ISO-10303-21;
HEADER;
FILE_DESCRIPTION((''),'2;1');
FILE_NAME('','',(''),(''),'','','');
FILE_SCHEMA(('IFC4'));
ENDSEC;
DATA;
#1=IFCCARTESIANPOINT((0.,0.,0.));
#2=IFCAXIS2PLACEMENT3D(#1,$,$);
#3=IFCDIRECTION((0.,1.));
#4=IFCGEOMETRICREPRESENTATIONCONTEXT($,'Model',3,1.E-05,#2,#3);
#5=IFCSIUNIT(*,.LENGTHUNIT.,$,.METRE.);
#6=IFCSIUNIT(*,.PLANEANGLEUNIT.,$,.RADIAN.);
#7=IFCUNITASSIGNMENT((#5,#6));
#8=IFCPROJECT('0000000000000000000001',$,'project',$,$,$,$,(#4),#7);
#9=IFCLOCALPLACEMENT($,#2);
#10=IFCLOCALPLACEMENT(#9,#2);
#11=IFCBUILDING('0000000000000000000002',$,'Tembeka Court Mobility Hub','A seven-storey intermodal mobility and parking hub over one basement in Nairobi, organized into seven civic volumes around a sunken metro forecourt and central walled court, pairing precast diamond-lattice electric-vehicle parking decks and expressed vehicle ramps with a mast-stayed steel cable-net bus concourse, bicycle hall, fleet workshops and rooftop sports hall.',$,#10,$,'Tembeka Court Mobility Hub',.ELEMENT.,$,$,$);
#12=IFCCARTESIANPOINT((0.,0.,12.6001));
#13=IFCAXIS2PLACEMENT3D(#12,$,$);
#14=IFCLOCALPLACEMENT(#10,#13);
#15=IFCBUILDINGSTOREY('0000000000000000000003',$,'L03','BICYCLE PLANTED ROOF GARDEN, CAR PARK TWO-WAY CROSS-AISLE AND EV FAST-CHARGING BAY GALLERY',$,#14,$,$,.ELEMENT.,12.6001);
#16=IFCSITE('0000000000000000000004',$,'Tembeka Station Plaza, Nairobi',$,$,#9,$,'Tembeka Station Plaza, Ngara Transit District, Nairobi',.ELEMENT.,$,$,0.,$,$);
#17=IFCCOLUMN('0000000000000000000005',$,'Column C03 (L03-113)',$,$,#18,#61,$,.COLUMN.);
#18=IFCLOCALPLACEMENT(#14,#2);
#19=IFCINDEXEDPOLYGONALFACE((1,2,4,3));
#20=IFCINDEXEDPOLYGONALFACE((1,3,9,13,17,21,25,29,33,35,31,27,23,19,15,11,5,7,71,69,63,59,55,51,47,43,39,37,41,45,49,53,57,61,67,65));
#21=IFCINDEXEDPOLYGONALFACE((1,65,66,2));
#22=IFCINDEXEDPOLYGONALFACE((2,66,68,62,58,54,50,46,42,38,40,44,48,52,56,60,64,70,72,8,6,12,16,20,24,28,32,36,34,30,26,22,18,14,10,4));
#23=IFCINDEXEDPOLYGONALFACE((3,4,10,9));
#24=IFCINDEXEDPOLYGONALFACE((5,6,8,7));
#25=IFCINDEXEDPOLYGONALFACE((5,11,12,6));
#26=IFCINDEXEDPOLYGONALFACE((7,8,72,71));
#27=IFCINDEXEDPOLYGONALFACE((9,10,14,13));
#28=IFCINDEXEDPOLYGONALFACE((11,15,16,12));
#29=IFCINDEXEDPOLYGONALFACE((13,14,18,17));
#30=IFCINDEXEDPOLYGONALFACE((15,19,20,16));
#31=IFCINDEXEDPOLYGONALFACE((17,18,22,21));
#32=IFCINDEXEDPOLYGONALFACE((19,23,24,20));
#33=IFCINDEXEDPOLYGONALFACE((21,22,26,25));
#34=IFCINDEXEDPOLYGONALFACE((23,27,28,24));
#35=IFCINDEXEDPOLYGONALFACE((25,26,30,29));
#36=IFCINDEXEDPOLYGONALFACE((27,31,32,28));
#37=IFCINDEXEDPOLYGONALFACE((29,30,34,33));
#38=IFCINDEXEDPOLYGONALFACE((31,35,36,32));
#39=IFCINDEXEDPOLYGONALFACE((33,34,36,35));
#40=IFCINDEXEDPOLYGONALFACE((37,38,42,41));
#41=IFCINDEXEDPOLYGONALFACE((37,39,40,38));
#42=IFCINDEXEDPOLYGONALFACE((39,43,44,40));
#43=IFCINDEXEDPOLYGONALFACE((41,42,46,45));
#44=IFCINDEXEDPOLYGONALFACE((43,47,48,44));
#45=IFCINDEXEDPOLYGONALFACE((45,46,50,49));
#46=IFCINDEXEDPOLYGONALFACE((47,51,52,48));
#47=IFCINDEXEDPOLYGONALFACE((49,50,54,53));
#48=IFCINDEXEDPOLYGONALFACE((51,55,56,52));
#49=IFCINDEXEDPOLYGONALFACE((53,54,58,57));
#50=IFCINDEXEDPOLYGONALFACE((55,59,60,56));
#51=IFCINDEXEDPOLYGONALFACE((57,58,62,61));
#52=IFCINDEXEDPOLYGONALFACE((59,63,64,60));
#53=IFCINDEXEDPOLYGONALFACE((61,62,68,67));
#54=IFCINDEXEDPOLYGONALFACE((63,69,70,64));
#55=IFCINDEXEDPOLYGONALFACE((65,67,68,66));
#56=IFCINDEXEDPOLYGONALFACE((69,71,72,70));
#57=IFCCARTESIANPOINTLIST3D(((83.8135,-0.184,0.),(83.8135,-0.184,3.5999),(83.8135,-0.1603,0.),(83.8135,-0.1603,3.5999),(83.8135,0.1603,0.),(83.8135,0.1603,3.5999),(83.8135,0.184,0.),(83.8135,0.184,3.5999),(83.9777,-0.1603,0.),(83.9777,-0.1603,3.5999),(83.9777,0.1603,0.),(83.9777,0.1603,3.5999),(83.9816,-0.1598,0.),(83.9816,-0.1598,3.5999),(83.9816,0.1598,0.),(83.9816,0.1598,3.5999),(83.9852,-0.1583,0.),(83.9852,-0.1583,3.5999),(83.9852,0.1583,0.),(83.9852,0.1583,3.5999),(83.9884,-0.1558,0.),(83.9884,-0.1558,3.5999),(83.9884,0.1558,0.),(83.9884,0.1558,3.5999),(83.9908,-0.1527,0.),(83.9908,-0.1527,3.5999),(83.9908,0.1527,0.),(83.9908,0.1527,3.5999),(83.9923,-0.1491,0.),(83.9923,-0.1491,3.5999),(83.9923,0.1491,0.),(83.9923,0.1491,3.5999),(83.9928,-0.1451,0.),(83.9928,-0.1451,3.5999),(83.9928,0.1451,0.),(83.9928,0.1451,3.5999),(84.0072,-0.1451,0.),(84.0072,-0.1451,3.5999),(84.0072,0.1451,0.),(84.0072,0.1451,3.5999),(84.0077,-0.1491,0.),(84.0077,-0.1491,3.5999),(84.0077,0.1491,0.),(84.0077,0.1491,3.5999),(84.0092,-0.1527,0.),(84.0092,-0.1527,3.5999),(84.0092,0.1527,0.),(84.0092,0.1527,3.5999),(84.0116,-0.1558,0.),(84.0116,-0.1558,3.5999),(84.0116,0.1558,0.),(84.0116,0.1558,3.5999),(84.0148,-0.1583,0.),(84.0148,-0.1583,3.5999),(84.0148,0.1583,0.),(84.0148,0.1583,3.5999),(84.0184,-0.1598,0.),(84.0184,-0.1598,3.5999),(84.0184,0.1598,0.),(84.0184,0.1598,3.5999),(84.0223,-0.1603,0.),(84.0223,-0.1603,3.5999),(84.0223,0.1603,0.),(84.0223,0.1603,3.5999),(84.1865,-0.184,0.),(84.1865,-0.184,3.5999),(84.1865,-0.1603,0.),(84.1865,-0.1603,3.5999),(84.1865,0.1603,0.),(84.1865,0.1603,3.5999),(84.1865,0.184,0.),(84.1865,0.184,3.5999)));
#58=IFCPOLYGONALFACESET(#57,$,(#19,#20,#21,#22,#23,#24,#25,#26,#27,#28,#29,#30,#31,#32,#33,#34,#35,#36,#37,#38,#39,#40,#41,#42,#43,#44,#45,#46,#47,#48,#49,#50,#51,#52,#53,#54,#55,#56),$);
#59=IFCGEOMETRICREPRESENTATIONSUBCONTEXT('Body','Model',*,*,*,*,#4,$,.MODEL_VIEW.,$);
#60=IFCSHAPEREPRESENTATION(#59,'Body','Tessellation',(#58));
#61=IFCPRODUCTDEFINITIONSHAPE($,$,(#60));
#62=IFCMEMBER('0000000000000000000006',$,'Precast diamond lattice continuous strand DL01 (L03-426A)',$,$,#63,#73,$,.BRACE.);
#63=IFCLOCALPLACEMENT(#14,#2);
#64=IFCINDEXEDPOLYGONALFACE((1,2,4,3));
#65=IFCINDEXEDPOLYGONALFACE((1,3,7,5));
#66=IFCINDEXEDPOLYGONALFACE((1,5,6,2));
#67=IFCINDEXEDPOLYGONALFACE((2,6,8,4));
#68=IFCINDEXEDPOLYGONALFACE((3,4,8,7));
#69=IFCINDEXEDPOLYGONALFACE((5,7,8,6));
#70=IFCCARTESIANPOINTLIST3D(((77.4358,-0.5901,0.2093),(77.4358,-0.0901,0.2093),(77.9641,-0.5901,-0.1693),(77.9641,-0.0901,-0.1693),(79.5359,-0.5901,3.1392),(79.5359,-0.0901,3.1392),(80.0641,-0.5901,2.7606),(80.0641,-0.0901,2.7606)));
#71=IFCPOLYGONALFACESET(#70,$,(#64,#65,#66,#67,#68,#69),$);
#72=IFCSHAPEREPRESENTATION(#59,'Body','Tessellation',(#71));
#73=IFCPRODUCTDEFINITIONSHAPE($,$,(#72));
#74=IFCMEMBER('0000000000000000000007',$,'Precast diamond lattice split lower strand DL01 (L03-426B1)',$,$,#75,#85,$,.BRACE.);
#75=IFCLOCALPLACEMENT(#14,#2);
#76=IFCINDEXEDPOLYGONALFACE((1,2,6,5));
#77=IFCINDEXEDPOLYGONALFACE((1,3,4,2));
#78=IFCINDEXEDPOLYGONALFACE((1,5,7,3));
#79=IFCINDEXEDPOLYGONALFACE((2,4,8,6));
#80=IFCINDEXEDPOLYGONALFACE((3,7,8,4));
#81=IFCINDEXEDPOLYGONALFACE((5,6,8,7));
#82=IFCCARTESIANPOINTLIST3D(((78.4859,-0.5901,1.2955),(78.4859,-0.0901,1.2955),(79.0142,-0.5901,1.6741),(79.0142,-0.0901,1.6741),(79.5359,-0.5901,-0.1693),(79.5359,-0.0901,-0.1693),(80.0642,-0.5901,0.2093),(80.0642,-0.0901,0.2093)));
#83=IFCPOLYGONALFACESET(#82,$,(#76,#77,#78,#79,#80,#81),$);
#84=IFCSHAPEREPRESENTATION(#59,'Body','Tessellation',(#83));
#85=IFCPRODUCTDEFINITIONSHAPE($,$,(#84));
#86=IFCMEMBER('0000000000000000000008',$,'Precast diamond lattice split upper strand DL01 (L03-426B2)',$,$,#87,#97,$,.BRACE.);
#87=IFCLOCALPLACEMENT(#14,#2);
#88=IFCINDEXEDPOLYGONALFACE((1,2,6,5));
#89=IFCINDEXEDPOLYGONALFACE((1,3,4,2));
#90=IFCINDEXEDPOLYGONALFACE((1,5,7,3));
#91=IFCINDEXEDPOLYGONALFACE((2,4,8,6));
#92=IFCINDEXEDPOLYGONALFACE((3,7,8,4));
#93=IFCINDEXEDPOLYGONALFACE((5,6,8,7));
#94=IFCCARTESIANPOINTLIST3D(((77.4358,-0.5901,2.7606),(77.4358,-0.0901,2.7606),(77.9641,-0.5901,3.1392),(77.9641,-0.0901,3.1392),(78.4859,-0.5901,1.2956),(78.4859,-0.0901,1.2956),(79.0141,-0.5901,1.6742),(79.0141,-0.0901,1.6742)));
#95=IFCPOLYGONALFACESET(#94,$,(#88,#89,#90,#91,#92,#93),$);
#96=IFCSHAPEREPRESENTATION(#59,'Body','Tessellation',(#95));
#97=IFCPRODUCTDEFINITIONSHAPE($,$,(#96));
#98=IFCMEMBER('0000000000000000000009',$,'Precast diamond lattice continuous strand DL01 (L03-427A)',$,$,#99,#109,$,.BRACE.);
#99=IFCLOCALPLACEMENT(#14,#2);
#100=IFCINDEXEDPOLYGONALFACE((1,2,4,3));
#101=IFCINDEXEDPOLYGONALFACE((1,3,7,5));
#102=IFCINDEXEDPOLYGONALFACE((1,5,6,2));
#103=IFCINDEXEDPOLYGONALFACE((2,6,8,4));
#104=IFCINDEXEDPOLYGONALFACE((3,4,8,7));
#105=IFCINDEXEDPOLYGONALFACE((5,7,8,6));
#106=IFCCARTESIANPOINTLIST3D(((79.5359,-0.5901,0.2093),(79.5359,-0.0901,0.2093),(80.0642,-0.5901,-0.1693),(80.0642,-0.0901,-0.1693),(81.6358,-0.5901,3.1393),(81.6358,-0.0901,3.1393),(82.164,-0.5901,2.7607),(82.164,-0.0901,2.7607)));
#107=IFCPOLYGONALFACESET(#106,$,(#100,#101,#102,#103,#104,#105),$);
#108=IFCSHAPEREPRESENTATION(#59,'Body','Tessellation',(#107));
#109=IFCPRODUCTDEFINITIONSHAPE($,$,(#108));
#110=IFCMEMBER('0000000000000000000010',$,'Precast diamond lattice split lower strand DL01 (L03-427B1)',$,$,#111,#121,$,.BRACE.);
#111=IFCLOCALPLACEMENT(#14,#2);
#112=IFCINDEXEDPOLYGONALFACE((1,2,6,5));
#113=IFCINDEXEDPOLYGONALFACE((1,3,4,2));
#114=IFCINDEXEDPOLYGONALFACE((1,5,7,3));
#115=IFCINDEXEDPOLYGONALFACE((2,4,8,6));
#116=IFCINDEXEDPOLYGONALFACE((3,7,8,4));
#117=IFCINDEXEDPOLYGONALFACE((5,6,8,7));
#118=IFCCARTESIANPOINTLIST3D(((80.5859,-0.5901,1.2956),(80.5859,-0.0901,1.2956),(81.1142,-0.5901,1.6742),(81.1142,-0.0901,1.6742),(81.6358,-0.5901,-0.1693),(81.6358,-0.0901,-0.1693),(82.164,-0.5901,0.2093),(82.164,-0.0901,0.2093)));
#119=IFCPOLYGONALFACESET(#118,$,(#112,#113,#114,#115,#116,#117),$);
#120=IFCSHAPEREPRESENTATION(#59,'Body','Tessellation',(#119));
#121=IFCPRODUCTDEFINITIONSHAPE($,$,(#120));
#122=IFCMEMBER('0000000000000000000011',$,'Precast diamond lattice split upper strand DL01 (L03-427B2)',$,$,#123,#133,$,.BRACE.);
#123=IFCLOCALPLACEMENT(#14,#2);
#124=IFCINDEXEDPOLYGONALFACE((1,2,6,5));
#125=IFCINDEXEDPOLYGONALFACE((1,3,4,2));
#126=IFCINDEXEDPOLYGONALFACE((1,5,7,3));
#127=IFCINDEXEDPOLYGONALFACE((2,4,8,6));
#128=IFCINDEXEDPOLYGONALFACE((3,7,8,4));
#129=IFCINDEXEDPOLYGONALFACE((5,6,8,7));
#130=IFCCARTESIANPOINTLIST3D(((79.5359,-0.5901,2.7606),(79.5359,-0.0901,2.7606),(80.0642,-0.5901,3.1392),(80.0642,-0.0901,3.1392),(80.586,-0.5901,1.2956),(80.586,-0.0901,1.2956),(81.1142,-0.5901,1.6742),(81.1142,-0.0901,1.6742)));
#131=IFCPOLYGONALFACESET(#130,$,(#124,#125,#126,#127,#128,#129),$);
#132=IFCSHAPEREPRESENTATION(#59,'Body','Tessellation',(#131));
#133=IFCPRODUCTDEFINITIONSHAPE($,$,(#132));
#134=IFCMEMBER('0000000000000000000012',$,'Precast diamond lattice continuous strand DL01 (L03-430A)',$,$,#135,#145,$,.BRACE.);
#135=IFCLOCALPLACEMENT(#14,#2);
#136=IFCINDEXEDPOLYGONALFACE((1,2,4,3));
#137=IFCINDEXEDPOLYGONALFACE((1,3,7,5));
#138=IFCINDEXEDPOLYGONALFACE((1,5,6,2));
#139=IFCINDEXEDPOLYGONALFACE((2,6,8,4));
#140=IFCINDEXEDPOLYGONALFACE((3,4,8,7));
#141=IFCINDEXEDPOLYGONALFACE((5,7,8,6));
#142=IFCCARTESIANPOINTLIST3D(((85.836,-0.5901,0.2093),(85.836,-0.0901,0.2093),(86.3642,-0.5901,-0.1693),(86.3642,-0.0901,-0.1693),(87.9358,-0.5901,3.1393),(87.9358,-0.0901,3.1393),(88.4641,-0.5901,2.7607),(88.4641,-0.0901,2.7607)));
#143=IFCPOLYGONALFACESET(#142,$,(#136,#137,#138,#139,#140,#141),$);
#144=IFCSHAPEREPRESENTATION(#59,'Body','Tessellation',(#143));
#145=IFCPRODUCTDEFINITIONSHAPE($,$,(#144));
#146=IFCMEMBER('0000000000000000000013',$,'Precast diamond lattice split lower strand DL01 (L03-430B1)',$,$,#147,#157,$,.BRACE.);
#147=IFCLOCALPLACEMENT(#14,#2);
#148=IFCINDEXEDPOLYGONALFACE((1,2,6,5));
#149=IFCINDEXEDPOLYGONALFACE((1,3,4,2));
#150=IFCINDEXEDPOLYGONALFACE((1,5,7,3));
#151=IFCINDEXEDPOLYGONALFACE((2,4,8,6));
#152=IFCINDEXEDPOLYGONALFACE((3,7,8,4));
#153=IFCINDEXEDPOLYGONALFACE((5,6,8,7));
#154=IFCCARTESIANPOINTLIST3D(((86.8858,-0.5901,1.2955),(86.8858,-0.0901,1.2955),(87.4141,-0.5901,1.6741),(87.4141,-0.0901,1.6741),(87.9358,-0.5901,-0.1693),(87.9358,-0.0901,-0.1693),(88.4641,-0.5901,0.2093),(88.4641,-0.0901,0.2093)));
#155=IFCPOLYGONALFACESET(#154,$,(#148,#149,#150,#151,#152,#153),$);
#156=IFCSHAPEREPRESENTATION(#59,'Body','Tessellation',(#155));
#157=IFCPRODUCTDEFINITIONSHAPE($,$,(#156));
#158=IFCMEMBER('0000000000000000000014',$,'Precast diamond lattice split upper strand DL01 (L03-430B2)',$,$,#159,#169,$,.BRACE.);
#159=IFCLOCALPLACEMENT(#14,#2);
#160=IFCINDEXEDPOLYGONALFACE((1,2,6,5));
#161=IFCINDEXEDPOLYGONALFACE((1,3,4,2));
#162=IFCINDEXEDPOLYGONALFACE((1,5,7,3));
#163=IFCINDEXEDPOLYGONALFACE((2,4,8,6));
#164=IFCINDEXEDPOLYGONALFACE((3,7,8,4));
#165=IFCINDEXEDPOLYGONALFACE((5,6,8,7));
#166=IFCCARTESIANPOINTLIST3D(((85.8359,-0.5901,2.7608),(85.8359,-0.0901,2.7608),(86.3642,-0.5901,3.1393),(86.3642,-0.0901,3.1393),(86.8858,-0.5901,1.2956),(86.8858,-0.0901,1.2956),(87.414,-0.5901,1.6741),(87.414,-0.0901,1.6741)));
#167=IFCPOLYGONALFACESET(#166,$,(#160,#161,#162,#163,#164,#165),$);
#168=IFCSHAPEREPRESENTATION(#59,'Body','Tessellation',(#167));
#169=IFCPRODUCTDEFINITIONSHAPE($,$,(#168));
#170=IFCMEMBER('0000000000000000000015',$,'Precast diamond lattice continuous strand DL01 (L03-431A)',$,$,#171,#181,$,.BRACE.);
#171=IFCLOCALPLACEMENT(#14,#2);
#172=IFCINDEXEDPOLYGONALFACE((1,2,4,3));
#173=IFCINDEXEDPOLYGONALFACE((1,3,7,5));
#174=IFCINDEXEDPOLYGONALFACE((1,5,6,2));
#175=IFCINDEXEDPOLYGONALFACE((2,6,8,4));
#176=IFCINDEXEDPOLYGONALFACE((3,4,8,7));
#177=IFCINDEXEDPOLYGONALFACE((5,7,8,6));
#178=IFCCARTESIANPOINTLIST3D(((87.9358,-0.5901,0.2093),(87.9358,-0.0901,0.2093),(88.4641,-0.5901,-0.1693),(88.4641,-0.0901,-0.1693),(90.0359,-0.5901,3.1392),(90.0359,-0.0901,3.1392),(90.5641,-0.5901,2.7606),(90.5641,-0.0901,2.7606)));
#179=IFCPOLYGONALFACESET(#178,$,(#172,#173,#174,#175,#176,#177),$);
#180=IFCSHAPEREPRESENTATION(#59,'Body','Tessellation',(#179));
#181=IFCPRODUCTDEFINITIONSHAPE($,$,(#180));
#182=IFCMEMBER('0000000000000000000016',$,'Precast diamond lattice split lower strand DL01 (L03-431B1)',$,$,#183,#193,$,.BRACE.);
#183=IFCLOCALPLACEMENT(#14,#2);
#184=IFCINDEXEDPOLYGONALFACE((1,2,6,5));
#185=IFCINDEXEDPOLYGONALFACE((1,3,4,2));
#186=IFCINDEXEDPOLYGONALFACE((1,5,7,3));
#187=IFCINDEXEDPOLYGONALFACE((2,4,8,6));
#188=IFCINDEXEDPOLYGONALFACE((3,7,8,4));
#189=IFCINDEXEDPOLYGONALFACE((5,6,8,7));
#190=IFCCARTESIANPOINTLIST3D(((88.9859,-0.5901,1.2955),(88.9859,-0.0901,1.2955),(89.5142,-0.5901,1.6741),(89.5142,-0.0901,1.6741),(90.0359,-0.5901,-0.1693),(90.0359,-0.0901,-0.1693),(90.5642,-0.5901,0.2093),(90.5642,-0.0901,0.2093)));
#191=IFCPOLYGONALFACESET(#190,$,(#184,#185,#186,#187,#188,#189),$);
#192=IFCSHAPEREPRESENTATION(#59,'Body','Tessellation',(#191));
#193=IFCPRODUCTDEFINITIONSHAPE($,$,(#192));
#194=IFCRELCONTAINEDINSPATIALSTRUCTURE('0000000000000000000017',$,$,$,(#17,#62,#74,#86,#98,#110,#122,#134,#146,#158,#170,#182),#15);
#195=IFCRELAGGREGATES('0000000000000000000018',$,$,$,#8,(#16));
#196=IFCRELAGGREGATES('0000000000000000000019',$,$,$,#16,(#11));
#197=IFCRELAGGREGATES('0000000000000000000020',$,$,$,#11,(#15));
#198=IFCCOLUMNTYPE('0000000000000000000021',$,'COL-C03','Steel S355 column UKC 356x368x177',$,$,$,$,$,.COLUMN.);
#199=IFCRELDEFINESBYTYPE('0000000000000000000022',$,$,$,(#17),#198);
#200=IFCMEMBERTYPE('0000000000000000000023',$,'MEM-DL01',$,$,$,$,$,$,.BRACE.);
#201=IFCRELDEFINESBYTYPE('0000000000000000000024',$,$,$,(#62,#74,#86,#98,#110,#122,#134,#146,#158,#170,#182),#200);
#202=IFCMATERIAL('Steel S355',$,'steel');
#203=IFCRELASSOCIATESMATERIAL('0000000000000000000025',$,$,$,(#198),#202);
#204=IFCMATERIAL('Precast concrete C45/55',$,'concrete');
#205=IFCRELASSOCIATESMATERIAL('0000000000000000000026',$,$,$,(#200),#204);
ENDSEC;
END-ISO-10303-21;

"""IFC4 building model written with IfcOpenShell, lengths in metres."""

from ifc_helpers import new_model, si_unit, direction, frame, origin, origin_2d, place, context, subcontext, project, spatial, rectangle, i_section, extrude, material, material_profile, profile_set, type_object, element, save


model = new_model("IFC4")

# Units and contexts
model_context = context("Model", 3, precision=1e-05, world=origin(), true_north=direction((0.0, 1.0)))
body_context = subcontext(model_context, "Body", "Model", "MODEL_VIEW")
ifc_project = project(units=[si_unit("LENGTHUNIT", "METRE"), si_unit("PLANEANGLEUNIT", "RADIAN")], contexts=[model_context])

# Site, building, storey
site_placement = place(None, origin())
site = spatial("IfcSite", under=ifc_project, at=site_placement, Name="Tembeka Station Plaza, Nairobi", LongName="Tembeka Station Plaza, Ngara Transit District, Nairobi", CompositionType="ELEMENT", RefElevation=0.0)
building_placement = place(site_placement, origin())
building = spatial("IfcBuilding", under=site, at=building_placement, Name="Tembeka Court Mobility Hub", Description="A seven-storey intermodal mobility and parking hub over one basement in Nairobi, organized into seven civic volumes around a sunken metro forecourt and central walled court, pairing precast diamond-lattice electric-vehicle parking decks and expressed vehicle ramps with a mast-stayed steel cable-net bus concourse, bicycle hall, fleet workshops and rooftop sports hall.", LongName="Tembeka Court Mobility Hub", CompositionType="ELEMENT")
storey_placement = place(building_placement, frame((0.0, 0.0, 12.6001)))
storey = spatial("IfcBuildingStorey", under=building, at=storey_placement, Name="L03", Description="BICYCLE PLANTED ROOF GARDEN, CAR PARK TWO-WAY CROSS-AISLE AND EV FAST-CHARGING BAY GALLERY", CompositionType="ELEMENT", Elevation=12.6001)

# Column
ifc_material_1 = material(Name="Steel S355", Category="steel")
ifc_material_profile_1 = material_profile(ifc_material_1, i_section(OverallWidth=0.373, OverallDepth=0.3679, WebThickness=0.0144, FlangeThickness=0.0237, FilletRadius=0.0151, at=origin_2d()), Name="UKC 356x368x177")
ifc_profile_set_1 = profile_set([ifc_material_profile_1], Name="Steel S355")
column_type = type_object("IfcColumnType", Name="COL-C03", Description="Steel S355 column UKC 356x368x177", PredefinedType="COLUMN", material=ifc_profile_set_1)
column_placement = place(storey_placement, frame((84.0, 0.0, 0.0), z_axis=(0.0, 0.0, 1.0), x_axis=(1.0, 0.0, 0.0)))
element("IfcColumn", 1, at=column_placement, inside=storey, type_object=column_type, Name="Column C03 (L03-113)", PredefinedType="COLUMN", context=body_context, shape_type="SweptSolid", body=[
    extrude(i_section(OverallWidth=0.373, OverallDepth=0.3679, WebThickness=0.0144, FlangeThickness=0.0237, FilletRadius=0.0151, at=origin_2d()), origin(), (0.0, 0.0, 1.0), 3.5999),
])

# Members
ifc_material_2 = material(Name="Precast concrete C45/55", Category="concrete")
ifc_material_profile_2 = material_profile(ifc_material_2, rectangle(XDim=0.5, YDim=0.6499, at=origin_2d()), Name="PC-DIAG 500x650")
ifc_profile_set_2 = profile_set([ifc_material_profile_2], Name="Precast concrete C45/55")
member_type_1 = type_object("IfcMemberType", Name="MEM-DL01", PredefinedType="BRACE", material=ifc_profile_set_2)
member_1_placement = place(storey_placement, frame((77.7, -0.3401, 0.02), z_axis=(0.582576, 0.0, 0.812776), x_axis=(0.0, 1.0, 0.0)))
element("IfcMember", 2, at=member_1_placement, inside=storey, type_object=member_type_1, Name="Precast diamond lattice continuous strand DL01 (L03-426A)", PredefinedType="BRACE", context=body_context, shape_type="SweptSolid", body=[
    extrude(rectangle(XDim=0.5, YDim=0.6499, at=origin_2d()), origin(), (0.0, 0.0, 1.0), 3.6047),
])
member_2_placement = place(storey_placement, frame((79.8, -0.3401, 0.02), z_axis=(-0.582608, 0.0, 0.812753), x_axis=(0.0, -1.0, 0.0)))
element("IfcMember", 3, at=member_2_placement, inside=storey, type_object=member_type_1, Name="Precast diamond lattice split lower strand DL01 (L03-426B1)", PredefinedType="BRACE", context=body_context, shape_type="SweptSolid", body=[
    extrude(rectangle(XDim=0.5, YDim=0.6499, at=origin_2d()), origin(), (0.0, 0.0, 1.0), 1.8022),
])
member_3_placement = place(storey_placement, frame((78.75, -0.3401, 1.4849), z_axis=(-0.582544, 0.0, 0.812799), x_axis=(0.0, -1.0, 0.0)))
element("IfcMember", 4, at=member_3_placement, inside=storey, type_object=member_type_1, Name="Precast diamond lattice split upper strand DL01 (L03-426B2)", PredefinedType="BRACE", context=body_context, shape_type="SweptSolid", body=[
    extrude(rectangle(XDim=0.5, YDim=0.6499, at=origin_2d()), origin(), (0.0, 0.0, 1.0), 1.8025),
])
member_4_placement = place(storey_placement, frame((79.8, -0.3401, 0.02), z_axis=(0.582532, 0.0, 0.812808), x_axis=(0.0, 1.0, 0.0)))
element("IfcMember", 5, at=member_4_placement, inside=storey, type_object=member_type_1, Name="Precast diamond lattice continuous strand DL01 (L03-427A)", PredefinedType="BRACE", context=body_context, shape_type="SweptSolid", body=[
    extrude(rectangle(XDim=0.5, YDim=0.6499, at=origin_2d()), origin(), (0.0, 0.0, 1.0), 3.6047),
])
member_5_placement = place(storey_placement, frame((81.8999, -0.3401, 0.02), z_axis=(-0.582519, 0.0, 0.812817), x_axis=(0.0, -1.0, 0.0)))
element("IfcMember", 6, at=member_5_placement, inside=storey, type_object=member_type_1, Name="Precast diamond lattice split lower strand DL01 (L03-427B1)", PredefinedType="BRACE", context=body_context, shape_type="SweptSolid", body=[
    extrude(rectangle(XDim=0.5, YDim=0.6499, at=origin_2d()), origin(), (0.0, 0.0, 1.0), 1.8022),
])
member_6_placement = place(storey_placement, frame((80.8501, -0.3401, 1.4849), z_axis=(-0.582544, 0.0, 0.812799), x_axis=(0.0, -1.0, 0.0)))
element("IfcMember", 7, at=member_6_placement, inside=storey, type_object=member_type_1, Name="Precast diamond lattice split upper strand DL01 (L03-427B2)", PredefinedType="BRACE", context=body_context, shape_type="SweptSolid", body=[
    extrude(rectangle(XDim=0.5, YDim=0.6499, at=origin_2d()), origin(), (0.0, 0.0, 1.0), 1.8025),
])
member_7_placement = place(storey_placement, frame((86.1001, -0.3401, 0.02), z_axis=(0.582532, 0.0, 0.812808), x_axis=(0.0, 1.0, 0.0)))
element("IfcMember", 8, at=member_7_placement, inside=storey, type_object=member_type_1, Name="Precast diamond lattice continuous strand DL01 (L03-430A)", PredefinedType="BRACE", context=body_context, shape_type="SweptSolid", body=[
    extrude(rectangle(XDim=0.5, YDim=0.6499, at=origin_2d()), origin(), (0.0, 0.0, 1.0), 3.6047),
])
member_8_placement = place(storey_placement, frame((88.2, -0.3401, 0.02), z_axis=(-0.582608, 0.0, 0.812753), x_axis=(0.0, -1.0, 0.0)))
element("IfcMember", 9, at=member_8_placement, inside=storey, type_object=member_type_1, Name="Precast diamond lattice split lower strand DL01 (L03-430B1)", PredefinedType="BRACE", context=body_context, shape_type="SweptSolid", body=[
    extrude(rectangle(XDim=0.5, YDim=0.6499, at=origin_2d()), origin(), (0.0, 0.0, 1.0), 1.8022),
])
member_9_placement = place(storey_placement, frame((87.1499, -0.3401, 1.4849), z_axis=(-0.582455, 0.0, 0.812863), x_axis=(0.0, -1.0, 0.0)))
element("IfcMember", 10, at=member_9_placement, inside=storey, type_object=member_type_1, Name="Precast diamond lattice split upper strand DL01 (L03-430B2)", PredefinedType="BRACE", context=body_context, shape_type="SweptSolid", body=[
    extrude(rectangle(XDim=0.5, YDim=0.6499, at=origin_2d()), origin(), (0.0, 0.0, 1.0), 1.8025),
])
member_10_placement = place(storey_placement, frame((88.2, -0.3401, 0.02), z_axis=(0.582576, 0.0, 0.812776), x_axis=(0.0, 1.0, 0.0)))
element("IfcMember", 11, at=member_10_placement, inside=storey, type_object=member_type_1, Name="Precast diamond lattice continuous strand DL01 (L03-431A)", PredefinedType="BRACE", context=body_context, shape_type="SweptSolid", body=[
    extrude(rectangle(XDim=0.5, YDim=0.6499, at=origin_2d()), origin(), (0.0, 0.0, 1.0), 3.6047),
])
member_11_placement = place(storey_placement, frame((90.3, -0.3401, 0.02), z_axis=(-0.582608, 0.0, 0.812753), x_axis=(0.0, -1.0, 0.0)))
element("IfcMember", 12, at=member_11_placement, inside=storey, type_object=member_type_1, Name="Precast diamond lattice split lower strand DL01 (L03-431B1)", PredefinedType="BRACE", context=body_context, shape_type="SweptSolid", body=[
    extrude(rectangle(XDim=0.5, YDim=0.6499, at=origin_2d()), origin(), (0.0, 0.0, 1.0), 1.8022),
])

save(model, "model.ifc")
